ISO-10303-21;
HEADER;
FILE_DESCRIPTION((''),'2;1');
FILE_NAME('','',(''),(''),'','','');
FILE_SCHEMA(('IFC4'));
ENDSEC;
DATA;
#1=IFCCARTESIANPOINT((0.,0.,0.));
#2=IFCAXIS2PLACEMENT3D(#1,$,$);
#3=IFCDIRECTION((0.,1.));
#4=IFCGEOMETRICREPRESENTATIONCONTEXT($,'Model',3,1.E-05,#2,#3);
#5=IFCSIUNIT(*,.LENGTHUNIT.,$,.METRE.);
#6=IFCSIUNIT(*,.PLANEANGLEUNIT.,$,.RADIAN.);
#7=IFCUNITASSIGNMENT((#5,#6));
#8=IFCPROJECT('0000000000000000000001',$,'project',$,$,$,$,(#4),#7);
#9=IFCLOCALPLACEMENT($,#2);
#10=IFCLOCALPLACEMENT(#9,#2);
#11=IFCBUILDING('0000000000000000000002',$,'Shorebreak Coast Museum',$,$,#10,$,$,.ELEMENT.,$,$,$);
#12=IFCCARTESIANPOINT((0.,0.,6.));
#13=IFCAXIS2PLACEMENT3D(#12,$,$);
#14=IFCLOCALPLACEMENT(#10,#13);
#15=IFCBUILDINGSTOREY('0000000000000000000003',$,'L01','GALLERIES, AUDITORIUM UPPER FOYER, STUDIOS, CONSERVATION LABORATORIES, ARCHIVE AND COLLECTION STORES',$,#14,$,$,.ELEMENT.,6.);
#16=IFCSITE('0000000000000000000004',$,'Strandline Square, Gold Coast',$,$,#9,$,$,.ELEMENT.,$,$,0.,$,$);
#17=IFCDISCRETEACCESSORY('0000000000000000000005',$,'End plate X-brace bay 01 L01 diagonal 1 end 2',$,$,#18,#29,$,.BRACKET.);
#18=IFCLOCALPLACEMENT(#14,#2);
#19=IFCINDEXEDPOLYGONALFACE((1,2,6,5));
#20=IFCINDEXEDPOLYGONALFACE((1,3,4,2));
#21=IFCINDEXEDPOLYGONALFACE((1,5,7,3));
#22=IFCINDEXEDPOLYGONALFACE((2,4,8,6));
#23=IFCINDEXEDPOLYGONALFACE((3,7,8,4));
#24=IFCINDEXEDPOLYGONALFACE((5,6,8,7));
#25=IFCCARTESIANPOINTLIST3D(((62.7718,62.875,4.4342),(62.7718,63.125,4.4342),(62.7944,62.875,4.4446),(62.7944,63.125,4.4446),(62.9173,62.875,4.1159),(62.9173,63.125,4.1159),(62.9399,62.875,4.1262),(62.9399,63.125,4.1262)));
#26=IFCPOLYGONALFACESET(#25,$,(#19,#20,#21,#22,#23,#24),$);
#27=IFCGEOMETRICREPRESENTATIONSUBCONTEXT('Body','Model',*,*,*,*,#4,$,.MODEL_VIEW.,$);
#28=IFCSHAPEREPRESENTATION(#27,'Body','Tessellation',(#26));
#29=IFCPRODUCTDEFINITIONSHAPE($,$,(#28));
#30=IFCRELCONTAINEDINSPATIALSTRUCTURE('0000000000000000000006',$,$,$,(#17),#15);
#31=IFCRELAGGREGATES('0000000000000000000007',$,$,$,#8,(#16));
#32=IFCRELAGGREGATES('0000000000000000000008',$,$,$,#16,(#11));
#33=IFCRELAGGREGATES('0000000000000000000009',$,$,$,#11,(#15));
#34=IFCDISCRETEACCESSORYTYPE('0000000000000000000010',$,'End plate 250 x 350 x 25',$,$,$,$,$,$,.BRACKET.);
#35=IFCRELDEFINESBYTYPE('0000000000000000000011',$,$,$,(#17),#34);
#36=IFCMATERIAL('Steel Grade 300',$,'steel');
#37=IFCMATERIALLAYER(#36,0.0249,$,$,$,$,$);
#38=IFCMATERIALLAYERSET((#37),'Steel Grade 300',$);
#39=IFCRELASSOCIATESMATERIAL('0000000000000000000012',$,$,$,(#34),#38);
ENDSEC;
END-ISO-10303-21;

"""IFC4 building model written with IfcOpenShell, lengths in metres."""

from ifc_helpers import new_model, si_unit, direction, frame, origin, place, context, subcontext, project, spatial, polyline, outline, extrude, material, layer, layer_set, type_object, element, save


model = new_model("IFC4")

# Units and contexts
model_context = context("Model", 3, precision=1e-05, world=origin(), true_north=direction((0.0, 1.0)))
body_context = subcontext(model_context, "Body", "Model", "MODEL_VIEW")
ifc_project = project(units=[si_unit("LENGTHUNIT", "METRE"), si_unit("PLANEANGLEUNIT", "RADIAN")], contexts=[model_context])

# Site, building, storey
site_placement = place(None, origin())
site = spatial("IfcSite", under=ifc_project, at=site_placement, Name="Strandline Square, Gold Coast", CompositionType="ELEMENT", RefElevation=0.0)
building_placement = place(site_placement, origin())
building = spatial("IfcBuilding", under=site, at=building_placement, Name="Shorebreak Coast Museum", CompositionType="ELEMENT")
storey_placement = place(building_placement, frame((0.0, 0.0, 6.0)))
storey = spatial("IfcBuildingStorey", under=building, at=storey_placement, Name="L01", Description="GALLERIES, AUDITORIUM UPPER FOYER, STUDIOS, CONSERVATION LABORATORIES, ARCHIVE AND COLLECTION STORES", CompositionType="ELEMENT", Elevation=6.0)

# Discrete accessory
ifc_material_1 = material(Name="Steel Grade 300", Category="steel")
ifc_layer_1 = layer(ifc_material_1, 0.0249)
ifc_layer_set_1 = layer_set([ifc_layer_1], Name="Steel Grade 300")
discrete_accessory_type = type_object("IfcDiscreteAccessoryType", Name="End plate 250 x 350 x 25", PredefinedType="BRACKET", material=ifc_layer_set_1)
discrete_accessory_placement = place(storey_placement, frame((62.9399, 62.875, 4.1262), z_axis=(0.909505, 0.0, 0.415694), x_axis=(0.0, 1.0, 0.0)))
element("IfcDiscreteAccessory", 1, at=discrete_accessory_placement, inside=storey, type_object=discrete_accessory_type, Name="End plate X-brace bay 01 L01 diagonal 1 end 2", PredefinedType="BRACKET", context=body_context, shape_type="SweptSolid", body=[
    extrude(outline(polyline([(0.0, 0.0), (0.25, 0.0), (0.25, 0.35), (0.0, 0.35), (0.0, 0.0)])), origin(), (0.0, 0.0, -1.0), 0.0249),
])

save(model, "model.ifc")
